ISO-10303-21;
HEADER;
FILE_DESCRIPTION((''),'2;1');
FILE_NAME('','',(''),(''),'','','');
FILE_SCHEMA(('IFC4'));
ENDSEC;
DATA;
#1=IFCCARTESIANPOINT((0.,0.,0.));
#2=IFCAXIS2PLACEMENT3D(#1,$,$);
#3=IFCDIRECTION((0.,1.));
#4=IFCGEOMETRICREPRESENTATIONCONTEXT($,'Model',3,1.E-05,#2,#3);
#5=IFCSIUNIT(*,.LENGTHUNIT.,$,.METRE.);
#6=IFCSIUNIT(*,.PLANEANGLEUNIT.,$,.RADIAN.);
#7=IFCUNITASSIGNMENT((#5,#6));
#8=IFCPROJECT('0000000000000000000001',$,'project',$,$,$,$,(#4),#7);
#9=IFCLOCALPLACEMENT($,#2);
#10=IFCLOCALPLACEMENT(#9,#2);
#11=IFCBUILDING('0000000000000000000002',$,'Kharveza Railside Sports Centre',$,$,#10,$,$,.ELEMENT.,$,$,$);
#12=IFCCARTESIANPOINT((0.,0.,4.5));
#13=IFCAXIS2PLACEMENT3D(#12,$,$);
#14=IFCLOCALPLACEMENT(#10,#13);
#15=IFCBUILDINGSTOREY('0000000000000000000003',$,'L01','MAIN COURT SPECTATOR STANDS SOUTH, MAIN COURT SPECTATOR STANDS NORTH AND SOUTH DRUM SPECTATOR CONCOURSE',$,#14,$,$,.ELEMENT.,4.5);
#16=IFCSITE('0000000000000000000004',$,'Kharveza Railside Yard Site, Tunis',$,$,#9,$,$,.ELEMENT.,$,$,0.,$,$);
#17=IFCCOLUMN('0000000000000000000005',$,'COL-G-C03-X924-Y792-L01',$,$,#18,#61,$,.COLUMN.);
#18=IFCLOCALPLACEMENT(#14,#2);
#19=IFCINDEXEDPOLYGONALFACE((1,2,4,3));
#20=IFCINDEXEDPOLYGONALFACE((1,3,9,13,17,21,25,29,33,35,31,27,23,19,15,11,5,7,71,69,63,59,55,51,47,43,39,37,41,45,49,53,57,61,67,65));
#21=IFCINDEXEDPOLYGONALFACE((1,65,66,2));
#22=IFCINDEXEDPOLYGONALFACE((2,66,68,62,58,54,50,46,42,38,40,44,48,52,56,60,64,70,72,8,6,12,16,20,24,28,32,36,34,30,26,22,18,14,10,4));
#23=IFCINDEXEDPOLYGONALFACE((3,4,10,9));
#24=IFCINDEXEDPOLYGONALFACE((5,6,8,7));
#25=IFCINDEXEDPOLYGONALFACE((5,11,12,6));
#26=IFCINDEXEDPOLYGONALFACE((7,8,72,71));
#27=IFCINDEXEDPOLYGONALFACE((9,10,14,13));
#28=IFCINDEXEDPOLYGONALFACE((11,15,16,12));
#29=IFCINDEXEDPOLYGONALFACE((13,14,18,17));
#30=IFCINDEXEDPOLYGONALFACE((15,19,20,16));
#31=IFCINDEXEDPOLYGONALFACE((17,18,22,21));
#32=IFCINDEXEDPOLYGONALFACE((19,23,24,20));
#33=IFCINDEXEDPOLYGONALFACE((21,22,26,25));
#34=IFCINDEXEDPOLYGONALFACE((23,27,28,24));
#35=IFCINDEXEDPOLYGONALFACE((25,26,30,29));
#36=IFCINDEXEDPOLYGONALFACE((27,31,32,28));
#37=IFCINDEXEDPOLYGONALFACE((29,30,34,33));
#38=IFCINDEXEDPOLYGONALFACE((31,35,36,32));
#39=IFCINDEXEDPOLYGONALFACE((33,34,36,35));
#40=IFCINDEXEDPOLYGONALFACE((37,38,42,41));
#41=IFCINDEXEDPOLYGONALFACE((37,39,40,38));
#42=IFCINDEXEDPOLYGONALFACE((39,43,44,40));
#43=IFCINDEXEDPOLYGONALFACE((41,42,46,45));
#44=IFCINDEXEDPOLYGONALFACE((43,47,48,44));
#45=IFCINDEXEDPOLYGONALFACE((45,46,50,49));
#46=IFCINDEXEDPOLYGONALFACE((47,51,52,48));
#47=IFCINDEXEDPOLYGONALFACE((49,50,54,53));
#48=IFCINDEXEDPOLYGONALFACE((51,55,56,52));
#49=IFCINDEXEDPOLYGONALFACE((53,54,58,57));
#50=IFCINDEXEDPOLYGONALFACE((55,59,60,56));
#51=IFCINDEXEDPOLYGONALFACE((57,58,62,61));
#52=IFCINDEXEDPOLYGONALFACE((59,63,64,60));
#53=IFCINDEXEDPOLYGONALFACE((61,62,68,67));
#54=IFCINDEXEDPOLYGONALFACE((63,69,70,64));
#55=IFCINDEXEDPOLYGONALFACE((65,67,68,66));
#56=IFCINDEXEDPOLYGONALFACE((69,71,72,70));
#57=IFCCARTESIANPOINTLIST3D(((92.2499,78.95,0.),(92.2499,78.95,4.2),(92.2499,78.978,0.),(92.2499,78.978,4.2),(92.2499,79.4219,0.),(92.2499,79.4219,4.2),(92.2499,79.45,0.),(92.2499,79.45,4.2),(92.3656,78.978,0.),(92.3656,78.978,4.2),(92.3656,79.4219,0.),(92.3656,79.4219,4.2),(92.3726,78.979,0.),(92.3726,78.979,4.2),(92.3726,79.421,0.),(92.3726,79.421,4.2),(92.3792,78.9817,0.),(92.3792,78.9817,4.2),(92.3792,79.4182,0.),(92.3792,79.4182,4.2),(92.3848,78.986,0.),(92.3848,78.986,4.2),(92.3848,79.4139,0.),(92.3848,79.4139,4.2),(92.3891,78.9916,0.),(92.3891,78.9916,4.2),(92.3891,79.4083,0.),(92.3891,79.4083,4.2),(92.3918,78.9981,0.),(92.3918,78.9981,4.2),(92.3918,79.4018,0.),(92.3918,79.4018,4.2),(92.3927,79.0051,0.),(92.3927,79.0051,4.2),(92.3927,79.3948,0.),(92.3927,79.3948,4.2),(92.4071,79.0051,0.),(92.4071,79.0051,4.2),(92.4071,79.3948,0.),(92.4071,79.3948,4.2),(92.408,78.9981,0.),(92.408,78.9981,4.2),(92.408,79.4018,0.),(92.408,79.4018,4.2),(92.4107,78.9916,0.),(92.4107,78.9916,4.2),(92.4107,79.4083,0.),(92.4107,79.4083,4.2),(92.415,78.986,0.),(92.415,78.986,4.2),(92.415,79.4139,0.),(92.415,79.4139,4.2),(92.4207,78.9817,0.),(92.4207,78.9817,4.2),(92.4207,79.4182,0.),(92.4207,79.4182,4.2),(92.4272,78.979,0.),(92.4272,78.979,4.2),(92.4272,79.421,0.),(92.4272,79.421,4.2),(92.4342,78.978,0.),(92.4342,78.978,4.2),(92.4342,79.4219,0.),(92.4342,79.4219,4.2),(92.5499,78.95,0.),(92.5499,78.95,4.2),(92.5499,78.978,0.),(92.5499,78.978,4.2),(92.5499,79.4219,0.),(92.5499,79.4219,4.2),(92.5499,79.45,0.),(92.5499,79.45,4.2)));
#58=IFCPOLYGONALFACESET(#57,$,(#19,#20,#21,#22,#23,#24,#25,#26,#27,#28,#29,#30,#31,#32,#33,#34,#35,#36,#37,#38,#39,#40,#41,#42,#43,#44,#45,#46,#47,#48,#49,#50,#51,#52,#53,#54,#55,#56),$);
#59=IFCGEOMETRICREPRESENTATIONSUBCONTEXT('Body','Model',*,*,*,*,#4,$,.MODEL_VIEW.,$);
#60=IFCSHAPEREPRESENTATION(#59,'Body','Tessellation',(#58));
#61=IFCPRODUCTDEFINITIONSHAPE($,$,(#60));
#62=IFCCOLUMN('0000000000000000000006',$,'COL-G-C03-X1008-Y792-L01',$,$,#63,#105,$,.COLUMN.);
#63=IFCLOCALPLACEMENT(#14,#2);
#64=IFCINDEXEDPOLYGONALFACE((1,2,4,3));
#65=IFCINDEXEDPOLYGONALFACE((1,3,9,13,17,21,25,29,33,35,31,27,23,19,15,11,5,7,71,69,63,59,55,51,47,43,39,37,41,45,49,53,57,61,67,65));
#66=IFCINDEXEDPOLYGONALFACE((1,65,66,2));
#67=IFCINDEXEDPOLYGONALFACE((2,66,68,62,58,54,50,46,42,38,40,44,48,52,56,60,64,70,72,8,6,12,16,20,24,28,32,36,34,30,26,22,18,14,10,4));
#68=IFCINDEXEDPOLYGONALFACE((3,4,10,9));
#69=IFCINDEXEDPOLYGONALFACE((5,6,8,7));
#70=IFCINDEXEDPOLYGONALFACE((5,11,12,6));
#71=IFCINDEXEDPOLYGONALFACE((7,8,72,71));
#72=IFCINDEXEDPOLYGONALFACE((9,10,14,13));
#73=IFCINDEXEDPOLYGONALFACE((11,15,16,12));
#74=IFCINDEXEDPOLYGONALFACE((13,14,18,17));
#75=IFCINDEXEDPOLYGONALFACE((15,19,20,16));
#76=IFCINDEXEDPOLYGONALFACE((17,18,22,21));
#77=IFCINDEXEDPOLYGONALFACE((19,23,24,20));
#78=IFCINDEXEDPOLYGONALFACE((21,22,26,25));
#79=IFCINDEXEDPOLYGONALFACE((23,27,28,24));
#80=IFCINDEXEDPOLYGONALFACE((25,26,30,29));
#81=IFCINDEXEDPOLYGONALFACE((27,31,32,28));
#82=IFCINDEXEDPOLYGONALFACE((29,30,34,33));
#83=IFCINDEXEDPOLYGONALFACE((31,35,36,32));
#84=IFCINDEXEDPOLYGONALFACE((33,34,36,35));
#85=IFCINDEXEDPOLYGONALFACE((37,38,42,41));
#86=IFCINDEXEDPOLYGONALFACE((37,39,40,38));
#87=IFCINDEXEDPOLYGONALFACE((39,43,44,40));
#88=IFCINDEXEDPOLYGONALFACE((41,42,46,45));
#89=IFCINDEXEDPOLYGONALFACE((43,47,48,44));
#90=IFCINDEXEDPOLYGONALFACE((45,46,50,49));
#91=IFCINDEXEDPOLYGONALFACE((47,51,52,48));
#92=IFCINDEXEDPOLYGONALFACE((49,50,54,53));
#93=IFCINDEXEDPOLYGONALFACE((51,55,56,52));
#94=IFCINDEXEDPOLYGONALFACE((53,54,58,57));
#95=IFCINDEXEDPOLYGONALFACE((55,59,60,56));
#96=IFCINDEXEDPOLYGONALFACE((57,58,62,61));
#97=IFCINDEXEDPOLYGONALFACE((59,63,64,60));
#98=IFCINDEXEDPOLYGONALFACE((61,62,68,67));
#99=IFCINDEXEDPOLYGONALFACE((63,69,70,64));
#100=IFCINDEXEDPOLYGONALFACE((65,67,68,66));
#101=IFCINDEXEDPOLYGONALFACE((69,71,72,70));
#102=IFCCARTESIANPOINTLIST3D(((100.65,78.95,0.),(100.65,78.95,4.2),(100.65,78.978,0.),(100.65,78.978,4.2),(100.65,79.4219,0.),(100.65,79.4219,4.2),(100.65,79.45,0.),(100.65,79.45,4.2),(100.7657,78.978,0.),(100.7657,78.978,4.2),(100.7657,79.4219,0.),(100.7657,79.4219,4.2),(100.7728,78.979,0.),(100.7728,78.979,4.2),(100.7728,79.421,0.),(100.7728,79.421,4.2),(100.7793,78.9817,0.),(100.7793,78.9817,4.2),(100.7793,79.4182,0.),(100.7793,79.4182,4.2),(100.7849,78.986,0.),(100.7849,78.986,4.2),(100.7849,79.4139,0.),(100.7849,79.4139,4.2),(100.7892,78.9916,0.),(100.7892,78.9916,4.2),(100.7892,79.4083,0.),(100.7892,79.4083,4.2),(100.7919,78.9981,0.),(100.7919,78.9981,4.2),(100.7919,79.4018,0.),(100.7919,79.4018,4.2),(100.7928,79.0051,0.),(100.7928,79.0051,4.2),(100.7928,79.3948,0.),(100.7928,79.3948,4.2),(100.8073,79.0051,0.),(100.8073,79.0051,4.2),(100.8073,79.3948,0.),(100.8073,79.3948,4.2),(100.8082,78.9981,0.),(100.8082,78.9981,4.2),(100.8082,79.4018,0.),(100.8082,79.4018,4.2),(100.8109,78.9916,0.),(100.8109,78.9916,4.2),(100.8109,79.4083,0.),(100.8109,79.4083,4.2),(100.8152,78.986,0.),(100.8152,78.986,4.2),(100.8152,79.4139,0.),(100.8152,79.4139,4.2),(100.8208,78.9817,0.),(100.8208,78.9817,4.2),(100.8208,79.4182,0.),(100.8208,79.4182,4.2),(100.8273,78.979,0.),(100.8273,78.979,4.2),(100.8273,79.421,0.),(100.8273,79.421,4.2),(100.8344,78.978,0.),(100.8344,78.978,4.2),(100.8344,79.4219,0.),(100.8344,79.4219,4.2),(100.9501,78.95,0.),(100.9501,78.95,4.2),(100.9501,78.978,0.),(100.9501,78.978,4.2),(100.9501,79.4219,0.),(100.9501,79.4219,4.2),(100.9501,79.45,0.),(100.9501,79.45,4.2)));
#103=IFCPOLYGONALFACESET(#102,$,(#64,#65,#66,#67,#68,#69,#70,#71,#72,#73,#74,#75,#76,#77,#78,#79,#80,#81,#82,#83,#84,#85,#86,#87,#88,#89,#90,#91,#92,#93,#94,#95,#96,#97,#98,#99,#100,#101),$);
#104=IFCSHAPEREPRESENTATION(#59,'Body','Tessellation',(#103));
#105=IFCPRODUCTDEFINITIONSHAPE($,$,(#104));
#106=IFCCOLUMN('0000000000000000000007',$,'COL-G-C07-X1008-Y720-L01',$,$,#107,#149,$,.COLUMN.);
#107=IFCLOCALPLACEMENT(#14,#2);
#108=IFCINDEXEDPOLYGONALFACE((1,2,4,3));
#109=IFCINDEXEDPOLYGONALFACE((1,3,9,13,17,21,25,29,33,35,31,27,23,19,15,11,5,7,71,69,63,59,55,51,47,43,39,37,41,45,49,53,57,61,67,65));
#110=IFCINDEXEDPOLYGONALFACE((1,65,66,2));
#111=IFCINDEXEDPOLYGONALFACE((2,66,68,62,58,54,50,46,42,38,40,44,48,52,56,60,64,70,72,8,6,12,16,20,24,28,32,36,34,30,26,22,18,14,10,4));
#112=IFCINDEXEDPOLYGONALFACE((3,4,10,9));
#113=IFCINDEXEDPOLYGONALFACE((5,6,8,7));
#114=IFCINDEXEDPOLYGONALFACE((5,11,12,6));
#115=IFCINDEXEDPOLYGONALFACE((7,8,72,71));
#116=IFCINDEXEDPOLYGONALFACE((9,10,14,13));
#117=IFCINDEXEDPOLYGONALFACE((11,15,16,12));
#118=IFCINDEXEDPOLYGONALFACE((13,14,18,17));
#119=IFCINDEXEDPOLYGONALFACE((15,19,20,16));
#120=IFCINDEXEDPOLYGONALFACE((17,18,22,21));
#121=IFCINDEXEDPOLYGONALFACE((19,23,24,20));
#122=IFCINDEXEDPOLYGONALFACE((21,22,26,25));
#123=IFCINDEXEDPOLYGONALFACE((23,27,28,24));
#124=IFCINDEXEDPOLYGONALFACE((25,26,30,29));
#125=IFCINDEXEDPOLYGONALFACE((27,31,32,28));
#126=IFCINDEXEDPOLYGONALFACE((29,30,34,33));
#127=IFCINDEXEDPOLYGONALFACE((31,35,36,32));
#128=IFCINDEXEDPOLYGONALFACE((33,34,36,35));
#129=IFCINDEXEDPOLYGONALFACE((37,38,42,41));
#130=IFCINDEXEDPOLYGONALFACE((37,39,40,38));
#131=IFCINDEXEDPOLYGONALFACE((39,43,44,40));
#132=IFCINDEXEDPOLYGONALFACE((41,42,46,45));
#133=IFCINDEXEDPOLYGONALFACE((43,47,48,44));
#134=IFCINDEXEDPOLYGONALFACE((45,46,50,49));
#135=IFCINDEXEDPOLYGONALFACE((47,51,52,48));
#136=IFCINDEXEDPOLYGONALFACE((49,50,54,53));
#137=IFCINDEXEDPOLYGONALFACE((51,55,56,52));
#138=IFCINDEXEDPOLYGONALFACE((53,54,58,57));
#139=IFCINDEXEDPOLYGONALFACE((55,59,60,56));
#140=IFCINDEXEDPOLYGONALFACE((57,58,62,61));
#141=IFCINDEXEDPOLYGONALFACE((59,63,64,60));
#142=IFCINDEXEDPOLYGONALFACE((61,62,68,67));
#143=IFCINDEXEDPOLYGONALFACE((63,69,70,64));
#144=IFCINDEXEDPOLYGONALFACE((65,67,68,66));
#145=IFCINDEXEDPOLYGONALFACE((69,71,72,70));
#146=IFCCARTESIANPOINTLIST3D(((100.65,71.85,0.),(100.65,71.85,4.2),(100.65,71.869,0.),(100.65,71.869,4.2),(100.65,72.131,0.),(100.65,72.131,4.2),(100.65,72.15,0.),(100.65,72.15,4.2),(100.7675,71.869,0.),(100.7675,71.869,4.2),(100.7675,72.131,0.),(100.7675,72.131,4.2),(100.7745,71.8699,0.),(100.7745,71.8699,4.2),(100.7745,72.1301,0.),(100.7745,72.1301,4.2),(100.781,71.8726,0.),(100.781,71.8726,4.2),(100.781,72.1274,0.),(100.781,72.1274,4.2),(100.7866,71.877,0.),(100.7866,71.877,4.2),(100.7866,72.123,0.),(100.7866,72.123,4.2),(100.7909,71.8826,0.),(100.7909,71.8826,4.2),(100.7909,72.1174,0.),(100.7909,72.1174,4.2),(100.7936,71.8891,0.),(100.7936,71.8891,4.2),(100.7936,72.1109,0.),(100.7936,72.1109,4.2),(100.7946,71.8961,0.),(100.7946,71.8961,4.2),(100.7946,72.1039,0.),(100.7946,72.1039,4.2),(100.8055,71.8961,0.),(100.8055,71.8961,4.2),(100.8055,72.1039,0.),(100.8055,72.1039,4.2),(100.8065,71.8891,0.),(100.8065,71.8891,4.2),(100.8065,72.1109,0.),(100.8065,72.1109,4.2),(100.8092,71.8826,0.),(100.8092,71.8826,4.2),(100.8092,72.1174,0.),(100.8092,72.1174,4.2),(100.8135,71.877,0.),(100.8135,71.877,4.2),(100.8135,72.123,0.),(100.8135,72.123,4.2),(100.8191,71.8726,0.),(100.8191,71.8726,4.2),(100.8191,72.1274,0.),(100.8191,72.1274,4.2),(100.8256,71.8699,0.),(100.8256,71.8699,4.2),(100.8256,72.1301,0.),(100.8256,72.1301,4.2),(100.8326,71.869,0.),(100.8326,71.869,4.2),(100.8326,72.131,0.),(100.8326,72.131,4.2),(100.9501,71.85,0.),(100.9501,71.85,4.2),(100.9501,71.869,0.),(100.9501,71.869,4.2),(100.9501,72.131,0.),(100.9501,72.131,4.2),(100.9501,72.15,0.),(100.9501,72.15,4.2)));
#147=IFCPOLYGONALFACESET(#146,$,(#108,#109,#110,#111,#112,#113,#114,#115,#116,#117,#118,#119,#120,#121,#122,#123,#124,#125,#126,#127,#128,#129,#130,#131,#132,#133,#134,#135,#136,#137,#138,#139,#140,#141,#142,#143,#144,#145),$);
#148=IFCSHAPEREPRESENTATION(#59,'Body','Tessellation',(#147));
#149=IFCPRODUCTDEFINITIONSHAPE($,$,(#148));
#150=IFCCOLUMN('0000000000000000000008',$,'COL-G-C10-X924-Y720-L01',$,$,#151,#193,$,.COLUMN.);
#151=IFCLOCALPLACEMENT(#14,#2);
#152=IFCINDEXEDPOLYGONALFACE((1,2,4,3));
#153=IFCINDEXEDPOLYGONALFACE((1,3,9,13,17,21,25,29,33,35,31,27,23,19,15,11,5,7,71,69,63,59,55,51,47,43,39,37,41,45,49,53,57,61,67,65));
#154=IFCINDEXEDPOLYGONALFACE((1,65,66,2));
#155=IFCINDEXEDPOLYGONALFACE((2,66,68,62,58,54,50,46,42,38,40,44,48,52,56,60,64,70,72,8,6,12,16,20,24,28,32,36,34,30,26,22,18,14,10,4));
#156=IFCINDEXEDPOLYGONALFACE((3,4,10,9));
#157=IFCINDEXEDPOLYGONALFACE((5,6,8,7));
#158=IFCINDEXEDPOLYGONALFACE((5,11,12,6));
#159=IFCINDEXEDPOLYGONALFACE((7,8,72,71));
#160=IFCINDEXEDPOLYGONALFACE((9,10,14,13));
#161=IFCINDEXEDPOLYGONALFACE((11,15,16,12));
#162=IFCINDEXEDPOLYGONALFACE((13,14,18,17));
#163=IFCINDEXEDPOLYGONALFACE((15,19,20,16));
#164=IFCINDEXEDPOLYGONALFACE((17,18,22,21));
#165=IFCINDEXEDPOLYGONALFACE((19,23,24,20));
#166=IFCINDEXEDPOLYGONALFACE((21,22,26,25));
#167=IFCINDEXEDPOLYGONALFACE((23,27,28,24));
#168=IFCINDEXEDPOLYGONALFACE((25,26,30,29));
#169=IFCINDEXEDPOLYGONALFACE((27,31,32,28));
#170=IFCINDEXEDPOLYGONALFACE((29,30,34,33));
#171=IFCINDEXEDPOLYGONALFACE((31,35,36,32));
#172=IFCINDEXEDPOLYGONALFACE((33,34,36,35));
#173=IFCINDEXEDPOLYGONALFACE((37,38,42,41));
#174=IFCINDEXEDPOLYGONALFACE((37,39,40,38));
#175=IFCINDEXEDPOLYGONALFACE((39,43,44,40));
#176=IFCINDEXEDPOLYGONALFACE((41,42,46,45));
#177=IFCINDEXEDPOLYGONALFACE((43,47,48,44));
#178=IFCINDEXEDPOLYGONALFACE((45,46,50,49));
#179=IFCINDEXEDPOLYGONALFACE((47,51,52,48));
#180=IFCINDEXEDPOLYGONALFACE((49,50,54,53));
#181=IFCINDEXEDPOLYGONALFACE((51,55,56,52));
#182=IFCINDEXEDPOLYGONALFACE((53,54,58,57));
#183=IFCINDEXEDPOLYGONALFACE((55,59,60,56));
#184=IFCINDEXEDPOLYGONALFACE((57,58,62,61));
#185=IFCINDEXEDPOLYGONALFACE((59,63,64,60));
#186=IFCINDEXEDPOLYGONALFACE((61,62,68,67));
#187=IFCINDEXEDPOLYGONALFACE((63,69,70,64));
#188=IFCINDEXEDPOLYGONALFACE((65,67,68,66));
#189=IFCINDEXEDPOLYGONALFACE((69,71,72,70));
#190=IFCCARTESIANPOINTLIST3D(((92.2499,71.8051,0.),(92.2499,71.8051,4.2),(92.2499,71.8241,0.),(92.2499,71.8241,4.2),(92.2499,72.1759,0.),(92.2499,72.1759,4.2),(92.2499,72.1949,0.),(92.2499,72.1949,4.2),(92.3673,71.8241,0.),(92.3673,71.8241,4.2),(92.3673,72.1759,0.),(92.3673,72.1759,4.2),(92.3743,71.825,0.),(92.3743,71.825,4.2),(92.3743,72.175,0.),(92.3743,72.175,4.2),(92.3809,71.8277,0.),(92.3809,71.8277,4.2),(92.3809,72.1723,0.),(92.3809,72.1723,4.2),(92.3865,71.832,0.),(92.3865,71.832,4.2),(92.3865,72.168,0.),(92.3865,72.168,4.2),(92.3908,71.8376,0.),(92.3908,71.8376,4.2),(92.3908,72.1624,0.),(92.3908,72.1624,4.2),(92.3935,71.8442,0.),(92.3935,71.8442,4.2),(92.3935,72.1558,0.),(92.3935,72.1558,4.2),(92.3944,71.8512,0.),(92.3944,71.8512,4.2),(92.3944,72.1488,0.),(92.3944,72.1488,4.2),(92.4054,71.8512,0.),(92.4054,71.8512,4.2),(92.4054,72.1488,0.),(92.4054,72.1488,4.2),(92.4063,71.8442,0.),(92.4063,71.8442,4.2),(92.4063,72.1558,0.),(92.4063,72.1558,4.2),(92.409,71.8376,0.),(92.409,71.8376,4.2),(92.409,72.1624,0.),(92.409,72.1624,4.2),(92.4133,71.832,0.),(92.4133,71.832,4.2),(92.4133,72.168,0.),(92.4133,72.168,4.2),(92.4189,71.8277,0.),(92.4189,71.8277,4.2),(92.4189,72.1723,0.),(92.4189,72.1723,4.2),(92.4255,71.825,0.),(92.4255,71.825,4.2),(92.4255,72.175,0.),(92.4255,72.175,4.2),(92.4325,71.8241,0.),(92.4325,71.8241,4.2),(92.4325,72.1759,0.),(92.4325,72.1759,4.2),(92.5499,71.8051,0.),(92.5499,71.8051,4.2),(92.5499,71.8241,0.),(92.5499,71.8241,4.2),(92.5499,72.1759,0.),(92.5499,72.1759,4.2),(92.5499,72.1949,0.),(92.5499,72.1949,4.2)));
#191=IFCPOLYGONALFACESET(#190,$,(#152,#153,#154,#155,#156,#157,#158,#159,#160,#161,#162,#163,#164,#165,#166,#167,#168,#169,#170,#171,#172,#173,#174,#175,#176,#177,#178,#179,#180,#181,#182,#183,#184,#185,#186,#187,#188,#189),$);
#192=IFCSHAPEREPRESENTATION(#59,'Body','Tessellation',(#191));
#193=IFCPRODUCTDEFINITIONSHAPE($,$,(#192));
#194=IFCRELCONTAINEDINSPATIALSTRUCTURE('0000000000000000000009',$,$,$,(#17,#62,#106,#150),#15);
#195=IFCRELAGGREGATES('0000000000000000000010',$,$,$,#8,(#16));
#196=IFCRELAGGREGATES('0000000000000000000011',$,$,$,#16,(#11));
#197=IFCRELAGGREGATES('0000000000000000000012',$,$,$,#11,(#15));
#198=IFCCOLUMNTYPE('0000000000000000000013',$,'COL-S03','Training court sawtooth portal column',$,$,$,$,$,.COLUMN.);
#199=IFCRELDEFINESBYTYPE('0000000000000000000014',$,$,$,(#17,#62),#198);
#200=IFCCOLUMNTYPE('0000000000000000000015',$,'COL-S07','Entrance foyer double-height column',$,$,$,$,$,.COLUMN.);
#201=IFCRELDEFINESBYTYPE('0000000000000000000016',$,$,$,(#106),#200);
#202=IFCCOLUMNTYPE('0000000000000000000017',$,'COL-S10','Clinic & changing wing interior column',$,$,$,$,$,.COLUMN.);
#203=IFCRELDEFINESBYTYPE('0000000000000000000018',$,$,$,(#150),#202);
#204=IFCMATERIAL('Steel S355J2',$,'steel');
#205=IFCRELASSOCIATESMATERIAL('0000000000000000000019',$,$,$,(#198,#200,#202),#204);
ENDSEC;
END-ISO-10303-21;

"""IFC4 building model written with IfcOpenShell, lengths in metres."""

from ifc_helpers import new_model, si_unit, direction, frame, origin, origin_2d, place, context, subcontext, project, spatial, i_section, extrude, material, material_profile, profile_set, type_object, element, save


model = new_model("IFC4")

# Units and contexts
model_context = context("Model", 3, precision=1e-05, world=origin(), true_north=direction((0.0, 1.0)))
body_context = subcontext(model_context, "Body", "Model", "MODEL_VIEW")
ifc_project = project(units=[si_unit("LENGTHUNIT", "METRE"), si_unit("PLANEANGLEUNIT", "RADIAN")], contexts=[model_context])

# Site, building, storey
site_placement = place(None, origin())
site = spatial("IfcSite", under=ifc_project, at=site_placement, Name="Kharveza Railside Yard Site, Tunis", CompositionType="ELEMENT", RefElevation=0.0)
building_placement = place(site_placement, origin())
building = spatial("IfcBuilding", under=site, at=building_placement, Name="Kharveza Railside Sports Centre", CompositionType="ELEMENT")
storey_placement = place(building_placement, frame((0.0, 0.0, 4.5)))
storey = spatial("IfcBuildingStorey", under=building, at=storey_placement, Name="L01", Description="MAIN COURT SPECTATOR STANDS SOUTH, MAIN COURT SPECTATOR STANDS NORTH AND SOUTH DRUM SPECTATOR CONCOURSE", CompositionType="ELEMENT", Elevation=4.5)

# Columns
ifc_material_1 = material(Name="Steel S355J2", Category="steel")
ifc_material_profile_1 = material_profile(ifc_material_1, i_section(OverallWidth=0.3, OverallDepth=0.5, WebThickness=0.0144, FlangeThickness=0.0281, FilletRadius=0.0271, at=origin_2d()), Name="HEB 500")
ifc_profile_set_1 = profile_set([ifc_material_profile_1], Name="Steel S355J2")
column_type_1 = type_object("IfcColumnType", Name="COL-S03", Description="Training court sawtooth portal column", PredefinedType="COLUMN", material=ifc_profile_set_1)
for number, where, z_axis, x_axis, name in (
    (1, (92.3999, 79.2, 0.0), (0.0, 0.0, 1.0), (1.0, 0.0, 0.0), "COL-G-C03-X924-Y792-L01"),
    (2, (100.8, 79.2, 0.0), (0.0, 0.0, 1.0), (1.0, 0.0, 0.0), "COL-G-C03-X1008-Y792-L01"),
):
    element("IfcColumn", number, at=place(storey_placement, frame(where, z_axis=z_axis, x_axis=x_axis)), inside=storey, type_object=column_type_1, Name=name, PredefinedType="COLUMN", context=body_context, shape_type="SweptSolid", body=[
        extrude(i_section(OverallWidth=0.3, OverallDepth=0.5, WebThickness=0.0144, FlangeThickness=0.0281, FilletRadius=0.0271, at=origin_2d()), origin(), (0.0, 0.0, 1.0), 4.2),
    ])
ifc_material_profile_2 = material_profile(ifc_material_1, i_section(OverallWidth=0.3, OverallDepth=0.3, WebThickness=0.011, FlangeThickness=0.019, FilletRadius=0.0271, at=origin_2d()), Name="HEB 300")
ifc_profile_set_2 = profile_set([ifc_material_profile_2], Name="Steel S355J2")
column_type_2 = type_object("IfcColumnType", Name="COL-S07", Description="Entrance foyer double-height column", PredefinedType="COLUMN", material=ifc_profile_set_2)
column_1_placement = place(storey_placement, frame((100.8, 72.0, 0.0), z_axis=(0.0, 0.0, 1.0), x_axis=(1.0, 0.0, 0.0)))
element("IfcColumn", 3, at=column_1_placement, inside=storey, type_object=column_type_2, Name="COL-G-C07-X1008-Y720-L01", PredefinedType="COLUMN", context=body_context, shape_type="SweptSolid", body=[
    extrude(i_section(OverallWidth=0.3, OverallDepth=0.3, WebThickness=0.011, FlangeThickness=0.019, FilletRadius=0.0271, at=origin_2d()), origin(), (0.0, 0.0, 1.0), 4.2),
])
ifc_material_profile_3 = material_profile(ifc_material_1, i_section(OverallWidth=0.3, OverallDepth=0.3899, WebThickness=0.011, FlangeThickness=0.019, FilletRadius=0.0271, at=origin_2d()), Name="HEA 400")
ifc_profile_set_3 = profile_set([ifc_material_profile_3], Name="Steel S355J2")
column_type_3 = type_object("IfcColumnType", Name="COL-S10", Description="Clinic & changing wing interior column", PredefinedType="COLUMN", material=ifc_profile_set_3)
column_2_placement = place(storey_placement, frame((92.3999, 72.0, 0.0), z_axis=(0.0, 0.0, 1.0), x_axis=(1.0, 0.0, 0.0)))
element("IfcColumn", 4, at=column_2_placement, inside=storey, type_object=column_type_3, Name="COL-G-C10-X924-Y720-L01", PredefinedType="COLUMN", context=body_context, shape_type="SweptSolid", body=[
    extrude(i_section(OverallWidth=0.3, OverallDepth=0.3899, WebThickness=0.011, FlangeThickness=0.019, FilletRadius=0.0271, at=origin_2d()), origin(), (0.0, 0.0, 1.0), 4.2),
])

save(model, "model.ifc")
